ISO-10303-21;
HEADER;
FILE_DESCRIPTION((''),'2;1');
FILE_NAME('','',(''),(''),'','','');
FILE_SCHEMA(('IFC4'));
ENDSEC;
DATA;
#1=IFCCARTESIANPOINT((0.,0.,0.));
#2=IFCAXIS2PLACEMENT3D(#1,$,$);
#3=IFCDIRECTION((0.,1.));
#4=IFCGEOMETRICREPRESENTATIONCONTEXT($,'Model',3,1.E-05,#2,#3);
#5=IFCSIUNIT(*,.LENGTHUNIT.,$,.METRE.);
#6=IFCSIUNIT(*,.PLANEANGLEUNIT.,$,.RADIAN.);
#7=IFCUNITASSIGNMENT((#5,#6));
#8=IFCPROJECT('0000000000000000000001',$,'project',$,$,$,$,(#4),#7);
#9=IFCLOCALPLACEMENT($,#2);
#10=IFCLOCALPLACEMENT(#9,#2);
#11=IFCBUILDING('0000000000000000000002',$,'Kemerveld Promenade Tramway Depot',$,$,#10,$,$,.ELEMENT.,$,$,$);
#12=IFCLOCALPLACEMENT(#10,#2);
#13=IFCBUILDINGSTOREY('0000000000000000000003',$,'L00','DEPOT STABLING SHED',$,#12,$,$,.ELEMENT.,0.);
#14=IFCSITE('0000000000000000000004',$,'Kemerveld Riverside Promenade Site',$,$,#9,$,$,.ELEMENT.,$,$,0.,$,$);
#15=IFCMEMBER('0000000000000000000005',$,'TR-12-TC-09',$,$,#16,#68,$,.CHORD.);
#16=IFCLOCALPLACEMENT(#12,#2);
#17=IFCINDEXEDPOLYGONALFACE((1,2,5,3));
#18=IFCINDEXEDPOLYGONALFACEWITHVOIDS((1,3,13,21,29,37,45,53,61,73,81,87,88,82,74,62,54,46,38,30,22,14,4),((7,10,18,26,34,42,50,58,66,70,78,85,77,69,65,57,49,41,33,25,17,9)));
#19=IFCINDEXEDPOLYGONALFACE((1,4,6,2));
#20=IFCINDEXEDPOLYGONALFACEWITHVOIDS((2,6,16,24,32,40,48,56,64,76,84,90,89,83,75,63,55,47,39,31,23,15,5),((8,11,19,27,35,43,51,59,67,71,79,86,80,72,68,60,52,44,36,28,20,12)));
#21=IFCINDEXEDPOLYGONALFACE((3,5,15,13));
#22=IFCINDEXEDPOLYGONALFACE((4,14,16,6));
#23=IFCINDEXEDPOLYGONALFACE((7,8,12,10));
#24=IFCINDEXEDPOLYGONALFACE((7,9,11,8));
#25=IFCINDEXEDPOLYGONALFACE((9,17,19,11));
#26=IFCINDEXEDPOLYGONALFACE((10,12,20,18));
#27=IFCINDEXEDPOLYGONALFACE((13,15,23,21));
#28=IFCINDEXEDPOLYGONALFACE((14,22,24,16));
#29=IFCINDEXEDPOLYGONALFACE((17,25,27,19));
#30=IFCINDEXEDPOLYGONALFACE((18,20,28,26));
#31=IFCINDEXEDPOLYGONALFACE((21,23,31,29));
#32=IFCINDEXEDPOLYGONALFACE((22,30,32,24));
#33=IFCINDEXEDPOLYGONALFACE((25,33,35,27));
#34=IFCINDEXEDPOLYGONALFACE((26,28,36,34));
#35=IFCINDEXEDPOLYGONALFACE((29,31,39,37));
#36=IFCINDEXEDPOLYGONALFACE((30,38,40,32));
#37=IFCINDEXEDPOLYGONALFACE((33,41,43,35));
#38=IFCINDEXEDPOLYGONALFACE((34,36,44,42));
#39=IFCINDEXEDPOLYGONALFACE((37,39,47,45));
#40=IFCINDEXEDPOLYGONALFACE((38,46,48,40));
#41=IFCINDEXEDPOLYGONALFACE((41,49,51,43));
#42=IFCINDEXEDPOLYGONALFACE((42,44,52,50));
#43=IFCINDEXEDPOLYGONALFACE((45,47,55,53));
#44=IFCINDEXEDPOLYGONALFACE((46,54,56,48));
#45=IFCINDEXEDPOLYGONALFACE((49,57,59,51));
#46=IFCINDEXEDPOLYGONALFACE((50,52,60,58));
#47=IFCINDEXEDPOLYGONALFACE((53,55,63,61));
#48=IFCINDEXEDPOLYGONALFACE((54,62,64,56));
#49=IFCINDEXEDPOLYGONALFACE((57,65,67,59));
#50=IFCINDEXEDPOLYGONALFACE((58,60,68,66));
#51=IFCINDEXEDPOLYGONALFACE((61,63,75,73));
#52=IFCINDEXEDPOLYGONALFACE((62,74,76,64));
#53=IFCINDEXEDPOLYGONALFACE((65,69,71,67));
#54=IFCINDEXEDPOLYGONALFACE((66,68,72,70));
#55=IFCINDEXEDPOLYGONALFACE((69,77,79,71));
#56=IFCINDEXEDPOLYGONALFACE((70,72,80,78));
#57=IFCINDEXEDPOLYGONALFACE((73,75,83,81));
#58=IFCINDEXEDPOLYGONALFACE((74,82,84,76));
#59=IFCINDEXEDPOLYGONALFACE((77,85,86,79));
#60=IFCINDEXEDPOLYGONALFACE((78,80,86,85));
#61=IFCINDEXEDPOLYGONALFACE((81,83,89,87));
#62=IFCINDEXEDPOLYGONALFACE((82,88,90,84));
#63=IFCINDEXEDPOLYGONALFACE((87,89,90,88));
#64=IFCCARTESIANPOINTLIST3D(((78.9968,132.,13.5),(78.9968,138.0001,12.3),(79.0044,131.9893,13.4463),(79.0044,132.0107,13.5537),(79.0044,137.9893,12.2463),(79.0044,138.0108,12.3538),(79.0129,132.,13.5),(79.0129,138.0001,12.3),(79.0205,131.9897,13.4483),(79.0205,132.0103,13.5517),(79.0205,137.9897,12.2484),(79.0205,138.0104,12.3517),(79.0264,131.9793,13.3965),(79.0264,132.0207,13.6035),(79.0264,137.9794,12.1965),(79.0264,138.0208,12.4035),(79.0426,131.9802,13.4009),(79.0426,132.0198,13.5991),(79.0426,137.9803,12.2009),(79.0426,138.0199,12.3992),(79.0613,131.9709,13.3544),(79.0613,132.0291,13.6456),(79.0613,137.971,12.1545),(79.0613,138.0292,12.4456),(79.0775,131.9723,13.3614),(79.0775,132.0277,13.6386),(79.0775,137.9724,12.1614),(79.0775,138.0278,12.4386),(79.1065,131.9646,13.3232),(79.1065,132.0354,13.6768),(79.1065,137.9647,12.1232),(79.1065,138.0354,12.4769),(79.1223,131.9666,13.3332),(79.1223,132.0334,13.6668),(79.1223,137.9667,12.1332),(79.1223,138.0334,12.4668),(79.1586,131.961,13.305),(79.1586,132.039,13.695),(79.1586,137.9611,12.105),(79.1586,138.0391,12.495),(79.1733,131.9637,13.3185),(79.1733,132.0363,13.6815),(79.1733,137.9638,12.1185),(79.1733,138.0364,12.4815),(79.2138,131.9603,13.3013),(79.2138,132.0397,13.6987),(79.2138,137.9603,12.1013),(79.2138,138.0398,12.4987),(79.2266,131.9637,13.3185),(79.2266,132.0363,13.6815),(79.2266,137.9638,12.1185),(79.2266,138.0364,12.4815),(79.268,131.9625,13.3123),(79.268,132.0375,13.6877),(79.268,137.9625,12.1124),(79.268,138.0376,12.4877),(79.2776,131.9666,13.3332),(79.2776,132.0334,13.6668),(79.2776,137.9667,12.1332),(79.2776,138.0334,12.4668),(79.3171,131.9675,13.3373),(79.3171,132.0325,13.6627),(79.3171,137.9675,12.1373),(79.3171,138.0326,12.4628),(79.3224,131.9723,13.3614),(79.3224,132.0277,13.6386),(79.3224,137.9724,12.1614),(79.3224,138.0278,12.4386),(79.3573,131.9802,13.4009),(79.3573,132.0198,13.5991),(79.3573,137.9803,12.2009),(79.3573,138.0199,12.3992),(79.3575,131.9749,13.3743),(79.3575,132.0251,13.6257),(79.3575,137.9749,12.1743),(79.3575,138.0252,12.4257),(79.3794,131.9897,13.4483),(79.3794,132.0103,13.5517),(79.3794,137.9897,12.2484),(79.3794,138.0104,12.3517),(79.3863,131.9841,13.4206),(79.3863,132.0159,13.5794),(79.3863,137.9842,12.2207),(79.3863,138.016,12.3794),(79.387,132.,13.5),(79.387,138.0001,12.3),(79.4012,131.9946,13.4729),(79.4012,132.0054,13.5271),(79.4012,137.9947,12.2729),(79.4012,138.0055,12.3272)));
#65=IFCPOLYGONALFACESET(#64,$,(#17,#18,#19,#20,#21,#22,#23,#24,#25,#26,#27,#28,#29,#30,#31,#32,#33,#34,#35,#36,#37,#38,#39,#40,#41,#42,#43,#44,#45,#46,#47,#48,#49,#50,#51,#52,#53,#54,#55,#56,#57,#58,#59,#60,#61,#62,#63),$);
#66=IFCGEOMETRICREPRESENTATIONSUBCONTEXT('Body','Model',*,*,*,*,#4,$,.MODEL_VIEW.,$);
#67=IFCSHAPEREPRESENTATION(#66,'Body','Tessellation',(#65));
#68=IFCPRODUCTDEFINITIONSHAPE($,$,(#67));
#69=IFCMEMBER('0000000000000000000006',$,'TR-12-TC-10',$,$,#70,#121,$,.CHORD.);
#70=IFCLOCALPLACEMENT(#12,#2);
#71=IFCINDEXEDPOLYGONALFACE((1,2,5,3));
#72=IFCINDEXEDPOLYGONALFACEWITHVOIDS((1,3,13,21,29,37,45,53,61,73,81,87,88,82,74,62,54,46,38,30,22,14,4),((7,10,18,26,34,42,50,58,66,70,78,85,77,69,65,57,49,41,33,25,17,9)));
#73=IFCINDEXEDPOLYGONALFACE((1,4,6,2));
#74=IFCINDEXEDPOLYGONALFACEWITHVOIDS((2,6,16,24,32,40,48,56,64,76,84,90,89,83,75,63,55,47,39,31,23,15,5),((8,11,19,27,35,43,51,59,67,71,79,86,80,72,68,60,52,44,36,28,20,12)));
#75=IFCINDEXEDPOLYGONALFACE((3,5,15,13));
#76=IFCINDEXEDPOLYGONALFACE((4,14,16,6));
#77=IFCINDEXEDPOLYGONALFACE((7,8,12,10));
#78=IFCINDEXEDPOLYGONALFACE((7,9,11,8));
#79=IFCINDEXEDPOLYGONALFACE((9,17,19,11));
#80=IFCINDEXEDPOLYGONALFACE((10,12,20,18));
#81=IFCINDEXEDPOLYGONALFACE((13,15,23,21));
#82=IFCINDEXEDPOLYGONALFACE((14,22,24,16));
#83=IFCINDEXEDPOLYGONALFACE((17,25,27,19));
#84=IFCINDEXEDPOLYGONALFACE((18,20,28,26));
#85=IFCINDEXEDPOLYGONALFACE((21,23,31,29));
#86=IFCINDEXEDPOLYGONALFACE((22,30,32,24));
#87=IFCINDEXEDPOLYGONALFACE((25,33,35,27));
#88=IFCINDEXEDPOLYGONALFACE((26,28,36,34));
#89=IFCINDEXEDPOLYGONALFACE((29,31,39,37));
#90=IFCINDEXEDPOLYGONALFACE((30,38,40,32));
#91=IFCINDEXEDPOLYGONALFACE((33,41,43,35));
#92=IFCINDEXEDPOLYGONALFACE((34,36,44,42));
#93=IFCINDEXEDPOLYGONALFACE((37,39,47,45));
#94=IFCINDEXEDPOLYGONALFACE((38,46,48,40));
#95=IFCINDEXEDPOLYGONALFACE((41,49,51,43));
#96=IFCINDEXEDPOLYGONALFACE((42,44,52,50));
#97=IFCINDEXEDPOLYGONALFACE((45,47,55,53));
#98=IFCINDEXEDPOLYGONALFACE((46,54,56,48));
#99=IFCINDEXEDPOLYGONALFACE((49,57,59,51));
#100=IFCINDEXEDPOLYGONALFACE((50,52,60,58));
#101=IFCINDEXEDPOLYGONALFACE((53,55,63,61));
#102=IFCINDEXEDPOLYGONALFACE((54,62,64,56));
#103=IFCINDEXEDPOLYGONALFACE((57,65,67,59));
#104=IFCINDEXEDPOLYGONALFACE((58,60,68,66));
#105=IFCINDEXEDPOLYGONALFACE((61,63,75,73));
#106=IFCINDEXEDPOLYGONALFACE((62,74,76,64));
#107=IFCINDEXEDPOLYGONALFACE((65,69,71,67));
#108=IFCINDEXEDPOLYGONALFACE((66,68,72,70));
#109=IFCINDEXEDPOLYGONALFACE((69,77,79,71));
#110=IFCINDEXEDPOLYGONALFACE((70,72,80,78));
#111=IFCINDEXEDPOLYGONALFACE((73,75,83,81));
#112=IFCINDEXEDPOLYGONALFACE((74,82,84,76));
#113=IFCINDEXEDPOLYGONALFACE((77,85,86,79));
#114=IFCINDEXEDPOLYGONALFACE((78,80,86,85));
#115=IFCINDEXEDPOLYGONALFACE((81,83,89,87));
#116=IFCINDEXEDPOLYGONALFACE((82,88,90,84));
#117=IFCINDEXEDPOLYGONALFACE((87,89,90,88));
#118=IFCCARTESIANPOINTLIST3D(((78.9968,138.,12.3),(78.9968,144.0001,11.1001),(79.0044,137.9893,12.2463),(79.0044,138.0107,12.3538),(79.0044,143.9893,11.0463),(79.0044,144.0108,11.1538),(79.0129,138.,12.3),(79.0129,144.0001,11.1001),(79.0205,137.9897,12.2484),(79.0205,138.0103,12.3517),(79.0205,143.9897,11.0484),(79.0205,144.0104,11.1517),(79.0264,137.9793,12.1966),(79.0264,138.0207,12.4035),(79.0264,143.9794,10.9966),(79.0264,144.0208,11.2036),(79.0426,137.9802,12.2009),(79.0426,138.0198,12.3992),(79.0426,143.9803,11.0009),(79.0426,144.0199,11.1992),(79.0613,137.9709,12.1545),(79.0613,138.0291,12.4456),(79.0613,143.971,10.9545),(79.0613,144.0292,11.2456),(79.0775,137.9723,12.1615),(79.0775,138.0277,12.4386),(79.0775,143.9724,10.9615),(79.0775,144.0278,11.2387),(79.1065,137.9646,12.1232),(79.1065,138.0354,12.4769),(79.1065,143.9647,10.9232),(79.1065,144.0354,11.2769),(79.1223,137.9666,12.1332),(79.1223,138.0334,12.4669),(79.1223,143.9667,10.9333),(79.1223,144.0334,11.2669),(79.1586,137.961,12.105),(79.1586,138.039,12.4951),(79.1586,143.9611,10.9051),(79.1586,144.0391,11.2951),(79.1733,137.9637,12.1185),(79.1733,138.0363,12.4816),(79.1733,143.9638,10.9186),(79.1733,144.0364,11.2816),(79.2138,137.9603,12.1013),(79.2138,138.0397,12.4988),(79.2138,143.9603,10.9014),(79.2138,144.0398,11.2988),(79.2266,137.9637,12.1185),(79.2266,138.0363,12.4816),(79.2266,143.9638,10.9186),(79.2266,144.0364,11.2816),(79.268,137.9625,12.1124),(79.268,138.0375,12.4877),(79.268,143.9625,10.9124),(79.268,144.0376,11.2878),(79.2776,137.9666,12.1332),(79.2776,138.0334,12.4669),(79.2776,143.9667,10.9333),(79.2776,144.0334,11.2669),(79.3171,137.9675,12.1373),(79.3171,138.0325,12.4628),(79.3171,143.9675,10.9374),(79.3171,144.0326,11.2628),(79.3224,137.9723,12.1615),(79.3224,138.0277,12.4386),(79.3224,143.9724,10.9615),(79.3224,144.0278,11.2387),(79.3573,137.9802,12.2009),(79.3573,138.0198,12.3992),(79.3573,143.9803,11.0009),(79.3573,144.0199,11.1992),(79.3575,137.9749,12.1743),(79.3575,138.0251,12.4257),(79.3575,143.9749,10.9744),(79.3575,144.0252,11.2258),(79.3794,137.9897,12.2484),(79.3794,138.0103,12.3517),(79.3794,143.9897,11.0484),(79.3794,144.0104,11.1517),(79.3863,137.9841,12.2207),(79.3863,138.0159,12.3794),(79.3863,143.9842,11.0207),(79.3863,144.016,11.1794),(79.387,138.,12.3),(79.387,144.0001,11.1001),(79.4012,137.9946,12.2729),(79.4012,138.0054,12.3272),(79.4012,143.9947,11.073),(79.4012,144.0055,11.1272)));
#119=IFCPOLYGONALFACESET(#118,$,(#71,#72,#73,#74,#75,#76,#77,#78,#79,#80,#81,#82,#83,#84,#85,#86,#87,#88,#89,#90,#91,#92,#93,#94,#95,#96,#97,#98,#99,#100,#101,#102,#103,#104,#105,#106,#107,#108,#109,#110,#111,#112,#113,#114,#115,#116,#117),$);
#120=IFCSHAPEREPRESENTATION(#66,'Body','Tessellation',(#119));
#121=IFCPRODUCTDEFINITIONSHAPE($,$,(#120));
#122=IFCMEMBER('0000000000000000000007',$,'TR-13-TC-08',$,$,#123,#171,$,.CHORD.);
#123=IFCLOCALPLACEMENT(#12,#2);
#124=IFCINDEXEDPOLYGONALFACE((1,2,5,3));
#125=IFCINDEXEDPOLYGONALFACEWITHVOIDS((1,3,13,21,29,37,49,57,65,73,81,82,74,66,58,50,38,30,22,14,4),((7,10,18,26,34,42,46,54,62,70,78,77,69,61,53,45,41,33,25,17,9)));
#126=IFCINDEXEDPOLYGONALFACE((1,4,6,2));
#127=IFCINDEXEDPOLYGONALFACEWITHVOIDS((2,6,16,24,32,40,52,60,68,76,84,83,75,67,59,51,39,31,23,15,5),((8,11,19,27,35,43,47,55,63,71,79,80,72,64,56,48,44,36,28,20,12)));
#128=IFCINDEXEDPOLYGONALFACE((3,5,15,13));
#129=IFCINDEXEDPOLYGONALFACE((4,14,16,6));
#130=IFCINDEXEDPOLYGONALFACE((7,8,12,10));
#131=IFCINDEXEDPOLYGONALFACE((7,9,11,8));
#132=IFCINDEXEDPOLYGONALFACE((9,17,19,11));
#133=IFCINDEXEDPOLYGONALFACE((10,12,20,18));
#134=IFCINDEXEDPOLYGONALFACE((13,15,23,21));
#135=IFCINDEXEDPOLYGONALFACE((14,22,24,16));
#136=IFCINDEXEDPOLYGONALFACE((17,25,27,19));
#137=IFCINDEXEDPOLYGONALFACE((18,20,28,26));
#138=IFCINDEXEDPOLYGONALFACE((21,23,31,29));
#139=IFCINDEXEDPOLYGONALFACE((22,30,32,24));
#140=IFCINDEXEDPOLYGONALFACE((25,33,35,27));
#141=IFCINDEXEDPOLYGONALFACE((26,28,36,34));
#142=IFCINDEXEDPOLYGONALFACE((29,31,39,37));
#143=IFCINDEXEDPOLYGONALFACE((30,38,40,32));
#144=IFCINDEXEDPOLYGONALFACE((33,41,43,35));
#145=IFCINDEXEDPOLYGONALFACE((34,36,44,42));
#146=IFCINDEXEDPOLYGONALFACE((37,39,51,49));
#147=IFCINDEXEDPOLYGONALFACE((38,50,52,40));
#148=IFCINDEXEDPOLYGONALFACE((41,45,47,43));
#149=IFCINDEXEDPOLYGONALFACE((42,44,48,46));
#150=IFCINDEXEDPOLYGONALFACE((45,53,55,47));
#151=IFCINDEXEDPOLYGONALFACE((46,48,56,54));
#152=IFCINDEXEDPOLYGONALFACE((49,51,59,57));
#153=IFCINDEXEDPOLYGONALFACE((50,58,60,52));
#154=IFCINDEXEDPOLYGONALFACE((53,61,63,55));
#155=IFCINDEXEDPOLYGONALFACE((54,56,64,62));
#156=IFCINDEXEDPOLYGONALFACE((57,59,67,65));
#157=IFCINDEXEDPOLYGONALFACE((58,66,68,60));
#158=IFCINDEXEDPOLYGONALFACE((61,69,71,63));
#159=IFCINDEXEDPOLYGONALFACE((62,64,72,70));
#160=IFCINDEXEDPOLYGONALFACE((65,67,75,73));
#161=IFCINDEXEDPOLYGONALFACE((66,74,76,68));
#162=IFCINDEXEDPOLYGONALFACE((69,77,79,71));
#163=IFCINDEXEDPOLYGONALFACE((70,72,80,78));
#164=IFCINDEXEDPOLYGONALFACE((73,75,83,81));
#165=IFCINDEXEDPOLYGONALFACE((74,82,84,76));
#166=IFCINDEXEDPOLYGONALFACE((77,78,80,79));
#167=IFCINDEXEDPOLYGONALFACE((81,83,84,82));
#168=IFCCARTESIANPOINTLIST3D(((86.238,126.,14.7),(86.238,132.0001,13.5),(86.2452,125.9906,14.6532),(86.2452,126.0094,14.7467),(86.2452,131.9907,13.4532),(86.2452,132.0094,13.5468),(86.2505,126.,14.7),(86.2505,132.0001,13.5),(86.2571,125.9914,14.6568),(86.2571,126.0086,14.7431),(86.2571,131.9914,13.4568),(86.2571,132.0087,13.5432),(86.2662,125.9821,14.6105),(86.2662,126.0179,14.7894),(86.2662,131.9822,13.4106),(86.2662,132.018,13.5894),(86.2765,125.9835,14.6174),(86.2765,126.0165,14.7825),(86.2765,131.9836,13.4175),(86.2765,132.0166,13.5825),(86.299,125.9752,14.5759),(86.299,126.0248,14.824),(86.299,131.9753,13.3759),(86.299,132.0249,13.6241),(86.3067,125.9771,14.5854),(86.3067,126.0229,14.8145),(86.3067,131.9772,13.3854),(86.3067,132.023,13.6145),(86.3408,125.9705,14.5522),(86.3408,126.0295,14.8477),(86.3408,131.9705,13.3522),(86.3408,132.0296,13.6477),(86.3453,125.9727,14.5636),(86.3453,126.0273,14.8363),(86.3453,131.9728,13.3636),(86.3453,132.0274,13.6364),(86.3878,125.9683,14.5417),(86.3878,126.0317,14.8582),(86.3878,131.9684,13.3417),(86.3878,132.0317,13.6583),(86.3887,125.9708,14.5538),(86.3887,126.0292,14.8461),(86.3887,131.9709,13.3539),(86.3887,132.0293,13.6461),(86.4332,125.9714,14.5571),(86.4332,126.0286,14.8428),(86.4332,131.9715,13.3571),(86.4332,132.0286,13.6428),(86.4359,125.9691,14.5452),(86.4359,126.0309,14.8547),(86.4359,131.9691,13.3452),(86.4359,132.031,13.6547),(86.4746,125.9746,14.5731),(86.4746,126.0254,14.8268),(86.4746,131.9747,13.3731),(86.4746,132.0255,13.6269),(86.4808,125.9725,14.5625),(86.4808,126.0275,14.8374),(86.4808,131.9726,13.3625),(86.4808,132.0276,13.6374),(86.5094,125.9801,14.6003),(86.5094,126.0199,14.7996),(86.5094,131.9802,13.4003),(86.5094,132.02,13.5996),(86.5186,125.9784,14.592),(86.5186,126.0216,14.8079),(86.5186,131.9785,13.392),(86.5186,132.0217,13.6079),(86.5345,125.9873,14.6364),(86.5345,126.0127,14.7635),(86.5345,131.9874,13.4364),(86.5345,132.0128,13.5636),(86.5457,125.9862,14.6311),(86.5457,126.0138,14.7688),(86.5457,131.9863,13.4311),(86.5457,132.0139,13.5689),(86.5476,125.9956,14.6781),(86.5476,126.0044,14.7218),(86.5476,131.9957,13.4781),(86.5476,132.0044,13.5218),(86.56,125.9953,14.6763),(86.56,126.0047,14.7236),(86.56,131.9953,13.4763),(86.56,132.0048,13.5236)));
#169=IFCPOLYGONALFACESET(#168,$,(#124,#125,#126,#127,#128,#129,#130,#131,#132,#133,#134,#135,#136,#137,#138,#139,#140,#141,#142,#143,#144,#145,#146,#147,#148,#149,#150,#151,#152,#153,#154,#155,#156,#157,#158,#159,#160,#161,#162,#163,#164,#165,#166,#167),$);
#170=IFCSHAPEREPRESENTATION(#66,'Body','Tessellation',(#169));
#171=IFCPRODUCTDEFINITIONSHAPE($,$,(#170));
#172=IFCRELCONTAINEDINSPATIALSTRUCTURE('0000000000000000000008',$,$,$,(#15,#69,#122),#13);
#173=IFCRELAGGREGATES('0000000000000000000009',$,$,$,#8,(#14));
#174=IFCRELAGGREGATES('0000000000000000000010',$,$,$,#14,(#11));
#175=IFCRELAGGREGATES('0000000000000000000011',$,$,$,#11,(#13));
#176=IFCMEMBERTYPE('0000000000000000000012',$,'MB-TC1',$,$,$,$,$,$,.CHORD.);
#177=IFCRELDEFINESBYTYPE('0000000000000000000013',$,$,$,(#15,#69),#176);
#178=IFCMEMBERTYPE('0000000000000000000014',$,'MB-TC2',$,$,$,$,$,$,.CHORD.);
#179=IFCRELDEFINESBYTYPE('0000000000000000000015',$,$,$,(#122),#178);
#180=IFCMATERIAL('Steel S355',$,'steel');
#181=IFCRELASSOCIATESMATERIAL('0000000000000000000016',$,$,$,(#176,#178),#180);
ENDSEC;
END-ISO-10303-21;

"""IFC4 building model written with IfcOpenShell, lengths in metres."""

from ifc_helpers import new_model, si_unit, direction, frame, origin, origin_2d, place, context, subcontext, project, spatial, hollow_circle, extrude, material, material_profile, profile_set, type_object, element, save


model = new_model("IFC4")

# Units and contexts
model_context = context("Model", 3, precision=1e-05, world=origin(), true_north=direction((0.0, 1.0)))
body_context = subcontext(model_context, "Body", "Model", "MODEL_VIEW")
ifc_project = project(units=[si_unit("LENGTHUNIT", "METRE"), si_unit("PLANEANGLEUNIT", "RADIAN")], contexts=[model_context])

# Site, building, storey
site_placement = place(None, origin())
site = spatial("IfcSite", under=ifc_project, at=site_placement, Name="Kemerveld Riverside Promenade Site", CompositionType="ELEMENT", RefElevation=0.0)
building_placement = place(site_placement, origin())
building = spatial("IfcBuilding", under=site, at=building_placement, Name="Kemerveld Promenade Tramway Depot", CompositionType="ELEMENT")
storey_placement = place(building_placement, origin())
storey = spatial("IfcBuildingStorey", under=building, at=storey_placement, Name="L00", Description="DEPOT STABLING SHED", CompositionType="ELEMENT", Elevation=0.0)

# Members
ifc_material_1 = material(Name="Steel S355", Category="steel")
ifc_material_profile_1 = material_profile(ifc_material_1, hollow_circle(Radius=0.2031, WallThickness=0.0161, at=origin_2d()), Name="406.4x16.0 CHS")
ifc_profile_set_1 = profile_set([ifc_material_profile_1], Name="Steel S355")
member_type_1 = type_object("IfcMemberType", Name="MB-TC1", PredefinedType="CHORD", material=ifc_profile_set_1)
for number, where, z_axis, x_axis, name in (
    (1, (79.2, 132.0, 13.5), (0.0, 0.980582, -0.196108), (-1.0, 0.0, 0.0), "TR-12-TC-09"),
    (2, (79.2, 138.0, 12.3), (0.0, 0.980582, -0.196108), (-1.0, 0.0, 0.0), "TR-12-TC-10"),
):
    element("IfcMember", number, at=place(storey_placement, frame(where, z_axis=z_axis, x_axis=x_axis)), inside=storey, type_object=member_type_1, Name=name, PredefinedType="CHORD", context=body_context, shape_type="SweptSolid", body=[
        extrude(hollow_circle(Radius=0.2031, WallThickness=0.0161, at=origin_2d()), origin(), (0.0, 0.0, 1.0), 6.1189),
    ])
ifc_material_profile_2 = material_profile(ifc_material_1, hollow_circle(Radius=0.1619, WallThickness=0.0125, at=origin_2d()), Name="323.9x12.5 CHS")
ifc_profile_set_2 = profile_set([ifc_material_profile_2], Name="Steel S355")
member_type_2 = type_object("IfcMemberType", Name="MB-TC2", PredefinedType="CHORD", material=ifc_profile_set_2)
member_1_placement = place(storey_placement, frame((86.3999, 126.0, 14.7), z_axis=(0.0, 0.980582, -0.196108), x_axis=(-1.0, 0.0, 0.0)))
element("IfcMember", 3, at=member_1_placement, inside=storey, type_object=member_type_2, Name="TR-13-TC-08", PredefinedType="CHORD", context=body_context, shape_type="SweptSolid", body=[
    extrude(hollow_circle(Radius=0.1619, WallThickness=0.0125, at=origin_2d()), origin(), (0.0, 0.0, 1.0), 6.1189),
])

save(model, "model.ifc")
